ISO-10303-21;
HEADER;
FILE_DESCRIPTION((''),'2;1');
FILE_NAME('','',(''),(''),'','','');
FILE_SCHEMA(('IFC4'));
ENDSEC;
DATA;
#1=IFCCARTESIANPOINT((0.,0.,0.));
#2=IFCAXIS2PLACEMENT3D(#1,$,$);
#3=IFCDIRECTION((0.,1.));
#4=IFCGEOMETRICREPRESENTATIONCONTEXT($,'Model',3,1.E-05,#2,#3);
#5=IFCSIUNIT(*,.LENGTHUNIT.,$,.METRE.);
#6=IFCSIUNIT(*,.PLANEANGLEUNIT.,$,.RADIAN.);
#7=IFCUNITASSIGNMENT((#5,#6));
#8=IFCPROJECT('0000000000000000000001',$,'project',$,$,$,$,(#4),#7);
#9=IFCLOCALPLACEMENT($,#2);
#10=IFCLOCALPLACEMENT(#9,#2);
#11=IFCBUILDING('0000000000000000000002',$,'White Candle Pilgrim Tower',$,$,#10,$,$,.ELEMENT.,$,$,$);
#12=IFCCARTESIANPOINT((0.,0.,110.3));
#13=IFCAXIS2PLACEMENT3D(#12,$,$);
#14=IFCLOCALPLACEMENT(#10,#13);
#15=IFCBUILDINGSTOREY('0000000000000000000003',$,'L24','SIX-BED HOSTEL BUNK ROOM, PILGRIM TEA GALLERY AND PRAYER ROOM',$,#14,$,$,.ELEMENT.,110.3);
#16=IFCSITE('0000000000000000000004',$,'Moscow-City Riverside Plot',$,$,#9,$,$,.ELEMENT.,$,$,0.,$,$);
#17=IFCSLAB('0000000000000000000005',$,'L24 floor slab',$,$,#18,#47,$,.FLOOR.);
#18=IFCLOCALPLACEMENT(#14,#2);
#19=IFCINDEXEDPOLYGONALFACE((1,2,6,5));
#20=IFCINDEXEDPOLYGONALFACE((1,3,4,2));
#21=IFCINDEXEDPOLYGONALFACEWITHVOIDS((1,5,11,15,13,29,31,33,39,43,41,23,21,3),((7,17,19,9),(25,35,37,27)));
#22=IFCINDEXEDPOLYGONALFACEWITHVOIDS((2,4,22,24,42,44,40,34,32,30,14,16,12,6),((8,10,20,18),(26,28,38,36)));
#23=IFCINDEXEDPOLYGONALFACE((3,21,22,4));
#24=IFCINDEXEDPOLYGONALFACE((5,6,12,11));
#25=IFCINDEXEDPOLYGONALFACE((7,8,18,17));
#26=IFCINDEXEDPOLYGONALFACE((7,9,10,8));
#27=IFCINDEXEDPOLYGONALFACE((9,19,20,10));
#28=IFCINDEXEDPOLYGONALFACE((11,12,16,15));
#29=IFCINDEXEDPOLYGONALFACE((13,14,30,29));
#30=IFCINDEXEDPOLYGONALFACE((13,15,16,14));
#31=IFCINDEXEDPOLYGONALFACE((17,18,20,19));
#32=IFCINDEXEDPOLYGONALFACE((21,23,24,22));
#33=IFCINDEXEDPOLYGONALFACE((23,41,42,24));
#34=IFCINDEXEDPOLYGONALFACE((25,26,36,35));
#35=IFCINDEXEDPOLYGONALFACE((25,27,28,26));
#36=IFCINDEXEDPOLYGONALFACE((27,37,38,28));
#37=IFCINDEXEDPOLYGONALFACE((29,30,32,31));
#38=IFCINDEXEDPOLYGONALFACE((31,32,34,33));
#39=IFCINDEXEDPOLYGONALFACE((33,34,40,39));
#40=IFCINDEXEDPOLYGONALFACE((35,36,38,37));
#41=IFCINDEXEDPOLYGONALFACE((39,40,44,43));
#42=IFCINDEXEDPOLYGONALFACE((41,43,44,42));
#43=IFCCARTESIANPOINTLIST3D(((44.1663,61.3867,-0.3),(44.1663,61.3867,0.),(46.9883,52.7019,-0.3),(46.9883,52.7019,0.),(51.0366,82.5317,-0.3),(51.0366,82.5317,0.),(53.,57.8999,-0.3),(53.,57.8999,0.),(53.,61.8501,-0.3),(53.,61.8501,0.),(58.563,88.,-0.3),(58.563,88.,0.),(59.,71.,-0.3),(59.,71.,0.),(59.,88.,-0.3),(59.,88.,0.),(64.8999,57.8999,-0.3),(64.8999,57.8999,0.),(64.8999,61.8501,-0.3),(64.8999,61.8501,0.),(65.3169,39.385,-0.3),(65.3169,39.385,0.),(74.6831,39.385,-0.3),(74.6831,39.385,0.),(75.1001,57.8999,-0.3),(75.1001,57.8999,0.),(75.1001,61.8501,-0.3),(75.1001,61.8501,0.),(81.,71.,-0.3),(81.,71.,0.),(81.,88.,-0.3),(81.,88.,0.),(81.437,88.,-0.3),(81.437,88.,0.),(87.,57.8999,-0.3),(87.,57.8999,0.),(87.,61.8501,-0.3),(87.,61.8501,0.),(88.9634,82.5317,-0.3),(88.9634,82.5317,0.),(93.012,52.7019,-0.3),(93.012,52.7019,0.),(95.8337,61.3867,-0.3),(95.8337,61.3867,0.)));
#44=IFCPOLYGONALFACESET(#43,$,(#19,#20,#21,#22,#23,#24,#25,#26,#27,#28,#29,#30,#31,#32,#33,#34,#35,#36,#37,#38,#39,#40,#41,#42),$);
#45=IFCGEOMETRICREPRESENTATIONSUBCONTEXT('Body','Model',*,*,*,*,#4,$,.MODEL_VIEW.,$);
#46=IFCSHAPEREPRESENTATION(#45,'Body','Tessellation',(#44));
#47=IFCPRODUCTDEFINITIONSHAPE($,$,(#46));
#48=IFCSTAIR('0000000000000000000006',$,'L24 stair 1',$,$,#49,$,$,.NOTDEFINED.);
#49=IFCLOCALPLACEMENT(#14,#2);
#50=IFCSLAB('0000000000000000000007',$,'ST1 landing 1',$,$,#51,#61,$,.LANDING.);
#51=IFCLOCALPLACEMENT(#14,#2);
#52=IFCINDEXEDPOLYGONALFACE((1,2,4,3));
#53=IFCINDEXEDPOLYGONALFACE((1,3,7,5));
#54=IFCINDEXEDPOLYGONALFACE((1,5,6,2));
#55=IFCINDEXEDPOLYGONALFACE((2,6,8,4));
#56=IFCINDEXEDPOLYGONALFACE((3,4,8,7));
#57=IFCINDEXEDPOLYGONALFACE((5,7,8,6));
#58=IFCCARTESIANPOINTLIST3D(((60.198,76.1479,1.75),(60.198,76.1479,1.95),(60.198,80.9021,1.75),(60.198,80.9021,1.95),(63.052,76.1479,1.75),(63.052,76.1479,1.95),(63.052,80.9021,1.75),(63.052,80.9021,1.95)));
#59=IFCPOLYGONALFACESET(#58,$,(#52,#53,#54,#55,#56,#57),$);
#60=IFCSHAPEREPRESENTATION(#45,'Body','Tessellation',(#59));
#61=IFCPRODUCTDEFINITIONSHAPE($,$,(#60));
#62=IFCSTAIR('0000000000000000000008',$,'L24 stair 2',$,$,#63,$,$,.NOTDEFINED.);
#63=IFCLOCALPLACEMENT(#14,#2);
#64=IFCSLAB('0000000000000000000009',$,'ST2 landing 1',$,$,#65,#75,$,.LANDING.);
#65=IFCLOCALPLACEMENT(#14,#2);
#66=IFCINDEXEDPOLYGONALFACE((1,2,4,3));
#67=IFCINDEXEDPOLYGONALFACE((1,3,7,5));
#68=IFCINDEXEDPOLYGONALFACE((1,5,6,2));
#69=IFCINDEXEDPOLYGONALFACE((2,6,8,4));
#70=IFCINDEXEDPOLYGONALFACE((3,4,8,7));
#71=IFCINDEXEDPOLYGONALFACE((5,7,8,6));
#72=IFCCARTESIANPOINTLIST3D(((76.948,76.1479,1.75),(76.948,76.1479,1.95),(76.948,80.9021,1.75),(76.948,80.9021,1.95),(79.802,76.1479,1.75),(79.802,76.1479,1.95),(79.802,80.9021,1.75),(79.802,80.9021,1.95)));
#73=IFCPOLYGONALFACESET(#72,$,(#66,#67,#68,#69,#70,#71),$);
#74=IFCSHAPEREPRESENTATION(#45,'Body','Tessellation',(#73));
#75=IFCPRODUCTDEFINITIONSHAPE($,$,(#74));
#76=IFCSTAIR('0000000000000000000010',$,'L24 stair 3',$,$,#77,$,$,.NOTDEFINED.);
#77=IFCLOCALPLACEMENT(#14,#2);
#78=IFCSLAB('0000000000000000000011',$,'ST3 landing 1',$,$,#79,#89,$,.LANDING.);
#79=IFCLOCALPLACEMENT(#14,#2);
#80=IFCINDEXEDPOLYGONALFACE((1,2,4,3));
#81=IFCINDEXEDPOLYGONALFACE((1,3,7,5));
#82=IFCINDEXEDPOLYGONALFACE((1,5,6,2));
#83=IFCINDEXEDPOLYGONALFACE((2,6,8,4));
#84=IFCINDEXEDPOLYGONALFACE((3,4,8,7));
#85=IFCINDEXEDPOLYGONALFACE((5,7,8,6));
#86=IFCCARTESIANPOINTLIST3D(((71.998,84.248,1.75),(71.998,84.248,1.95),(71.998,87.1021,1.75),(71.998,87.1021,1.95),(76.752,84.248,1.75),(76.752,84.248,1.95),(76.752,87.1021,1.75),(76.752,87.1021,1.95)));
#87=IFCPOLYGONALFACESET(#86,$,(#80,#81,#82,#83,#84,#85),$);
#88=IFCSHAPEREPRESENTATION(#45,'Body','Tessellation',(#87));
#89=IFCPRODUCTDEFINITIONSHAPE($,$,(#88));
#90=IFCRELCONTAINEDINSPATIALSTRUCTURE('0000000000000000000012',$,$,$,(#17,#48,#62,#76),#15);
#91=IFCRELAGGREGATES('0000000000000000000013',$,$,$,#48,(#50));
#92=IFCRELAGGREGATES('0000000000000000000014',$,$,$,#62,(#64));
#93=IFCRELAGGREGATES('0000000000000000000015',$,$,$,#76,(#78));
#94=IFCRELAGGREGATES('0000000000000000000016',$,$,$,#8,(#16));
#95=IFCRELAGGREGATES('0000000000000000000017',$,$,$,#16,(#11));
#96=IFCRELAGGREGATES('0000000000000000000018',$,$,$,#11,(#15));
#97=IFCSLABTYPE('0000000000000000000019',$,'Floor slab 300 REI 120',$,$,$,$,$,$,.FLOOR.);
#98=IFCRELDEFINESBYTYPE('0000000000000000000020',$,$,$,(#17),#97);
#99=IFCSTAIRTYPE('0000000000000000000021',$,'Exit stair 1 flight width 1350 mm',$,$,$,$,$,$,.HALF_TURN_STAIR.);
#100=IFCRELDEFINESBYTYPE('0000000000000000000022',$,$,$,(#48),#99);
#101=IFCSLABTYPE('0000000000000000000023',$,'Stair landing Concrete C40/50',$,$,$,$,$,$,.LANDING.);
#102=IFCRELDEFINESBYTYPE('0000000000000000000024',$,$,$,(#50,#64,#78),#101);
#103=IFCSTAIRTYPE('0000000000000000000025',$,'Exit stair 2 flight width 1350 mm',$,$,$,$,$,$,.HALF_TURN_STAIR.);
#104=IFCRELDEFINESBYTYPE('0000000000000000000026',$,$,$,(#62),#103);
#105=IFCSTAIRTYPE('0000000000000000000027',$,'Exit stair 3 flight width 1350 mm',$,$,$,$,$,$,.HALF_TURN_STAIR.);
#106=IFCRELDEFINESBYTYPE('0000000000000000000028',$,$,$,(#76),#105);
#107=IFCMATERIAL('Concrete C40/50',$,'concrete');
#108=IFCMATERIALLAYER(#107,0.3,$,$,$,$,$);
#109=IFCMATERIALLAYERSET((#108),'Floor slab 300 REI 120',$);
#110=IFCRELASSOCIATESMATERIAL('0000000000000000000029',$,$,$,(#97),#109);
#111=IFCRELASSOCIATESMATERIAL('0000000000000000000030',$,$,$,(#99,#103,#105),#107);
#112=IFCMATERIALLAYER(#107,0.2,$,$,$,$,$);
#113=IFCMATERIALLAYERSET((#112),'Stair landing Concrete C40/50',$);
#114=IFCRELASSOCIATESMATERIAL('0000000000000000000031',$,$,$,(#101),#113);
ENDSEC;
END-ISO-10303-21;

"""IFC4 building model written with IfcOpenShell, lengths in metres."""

from ifc_helpers import new_model, si_unit, direction, frame, origin, place, context, subcontext, project, spatial, polyline, outline, extrude, material, layer, layer_set, type_object, element, aggregate, save


model = new_model("IFC4")

# Units and contexts
model_context = context("Model", 3, precision=1e-05, world=origin(), true_north=direction((0.0, 1.0)))
body_context = subcontext(model_context, "Body", "Model", "MODEL_VIEW")
ifc_project = project(units=[si_unit("LENGTHUNIT", "METRE"), si_unit("PLANEANGLEUNIT", "RADIAN")], contexts=[model_context])

# Site, building, storey
site_placement = place(None, origin())
site = spatial("IfcSite", under=ifc_project, at=site_placement, Name="Moscow-City Riverside Plot", CompositionType="ELEMENT", RefElevation=0.0)
building_placement = place(site_placement, origin())
building = spatial("IfcBuilding", under=site, at=building_placement, Name="White Candle Pilgrim Tower", CompositionType="ELEMENT")
storey_placement = place(building_placement, frame((0.0, 0.0, 110.3)))
storey = spatial("IfcBuildingStorey", under=building, at=storey_placement, Name="L24", Description="SIX-BED HOSTEL BUNK ROOM, PILGRIM TEA GALLERY AND PRAYER ROOM", CompositionType="ELEMENT", Elevation=110.3)

# Slab
ifc_material = material(Name="Concrete C40/50", Category="concrete")
ifc_layer_1 = layer(ifc_material, 0.3)
ifc_layer_set_1 = layer_set([ifc_layer_1], Name="Floor slab 300 REI 120")
slab_type_1 = type_object("IfcSlabType", Name="Floor slab 300 REI 120", PredefinedType="FLOOR", material=ifc_layer_set_1)
slab_1_placement = place(storey_placement, frame((0.0, 0.0, -0.3)))
element("IfcSlab", 1, at=slab_1_placement, inside=storey, type_object=slab_type_1, Name="L24 floor slab", PredefinedType="FLOOR", context=body_context, shape_type="SweptSolid", body=[
    extrude(outline(polyline([(65.3169, 39.385), (74.6831, 39.385), (93.012, 52.7019), (95.8337, 61.3867), (88.9634, 82.5317), (81.437, 88.0), (81.0, 88.0), (81.0, 71.0), (59.0, 71.0), (59.0, 88.0), (58.563, 88.0), (51.0366, 82.5317), (44.1663, 61.3867), (46.9883, 52.7019), (65.3169, 39.385)]), holes=[polyline([(53.0, 57.8999), (53.0, 61.8501), (64.8999, 61.8501), (64.8999, 57.8999), (53.0, 57.8999)]), polyline([(75.1001, 57.8999), (75.1001, 61.8501), (87.0, 61.8501), (87.0, 57.8999), (75.1001, 57.8999)])]), origin(), (0.0, 0.0, 1.0), 0.3),
])

# Stairs, slabs
stair_type_1 = type_object("IfcStairType", Name="Exit stair 1 flight width 1350 mm", PredefinedType="HALF_TURN_STAIR", material=ifc_material)
stair_1_placement = place(storey_placement, origin())
stair_1 = element("IfcStair", 2, at=stair_1_placement, inside=storey, type_object=stair_type_1, Name="L24 stair 1", PredefinedType="NOTDEFINED")
ifc_layer_2 = layer(ifc_material, 0.2)
ifc_layer_set_2 = layer_set([ifc_layer_2], Name="Stair landing Concrete C40/50")
slab_type_2 = type_object("IfcSlabType", Name="Stair landing Concrete C40/50", PredefinedType="LANDING", material=ifc_layer_set_2)
slab_2_placement = place(storey_placement, frame((0.0, 0.0, 1.75)))
slab_2 = element("IfcSlab", 3, at=slab_2_placement, type_object=slab_type_2, Name="ST1 landing 1", PredefinedType="LANDING", context=body_context, shape_type="SweptSolid", body=[
    extrude(outline(polyline([(63.052, 76.1479), (60.198, 76.1479), (60.198, 80.9021), (63.052, 80.9021), (63.052, 76.1479)])), origin(), (0.0, 0.0, 1.0), 0.2),
])
aggregate(stair_1, [slab_2])
stair_type_2 = type_object("IfcStairType", Name="Exit stair 2 flight width 1350 mm", PredefinedType="HALF_TURN_STAIR", material=ifc_material)
stair_2_placement = place(storey_placement, origin())
stair_2 = element("IfcStair", 4, at=stair_2_placement, inside=storey, type_object=stair_type_2, Name="L24 stair 2", PredefinedType="NOTDEFINED")
slab_3_placement = place(storey_placement, frame((0.0, 0.0, 1.75)))
slab_3 = element("IfcSlab", 5, at=slab_3_placement, type_object=slab_type_2, Name="ST2 landing 1", PredefinedType="LANDING", context=body_context, shape_type="SweptSolid", body=[
    extrude(outline(polyline([(79.802, 76.1479), (76.948, 76.1479), (76.948, 80.9021), (79.802, 80.9021), (79.802, 76.1479)])), origin(), (0.0, 0.0, 1.0), 0.2),
])
aggregate(stair_2, [slab_3])
stair_type_3 = type_object("IfcStairType", Name="Exit stair 3 flight width 1350 mm", PredefinedType="HALF_TURN_STAIR", material=ifc_material)
stair_3_placement = place(storey_placement, origin())
stair_3 = element("IfcStair", 6, at=stair_3_placement, inside=storey, type_object=stair_type_3, Name="L24 stair 3", PredefinedType="NOTDEFINED")
slab_4_placement = place(storey_placement, frame((0.0, 0.0, 1.75)))
slab_4 = element("IfcSlab", 7, at=slab_4_placement, type_object=slab_type_2, Name="ST3 landing 1", PredefinedType="LANDING", context=body_context, shape_type="SweptSolid", body=[
    extrude(outline(polyline([(71.998, 84.248), (71.998, 87.1021), (76.752, 87.1021), (76.752, 84.248), (71.998, 84.248)])), origin(), (0.0, 0.0, 1.0), 0.2),
])
aggregate(stair_3, [slab_4])

save(model, "model.ifc")
